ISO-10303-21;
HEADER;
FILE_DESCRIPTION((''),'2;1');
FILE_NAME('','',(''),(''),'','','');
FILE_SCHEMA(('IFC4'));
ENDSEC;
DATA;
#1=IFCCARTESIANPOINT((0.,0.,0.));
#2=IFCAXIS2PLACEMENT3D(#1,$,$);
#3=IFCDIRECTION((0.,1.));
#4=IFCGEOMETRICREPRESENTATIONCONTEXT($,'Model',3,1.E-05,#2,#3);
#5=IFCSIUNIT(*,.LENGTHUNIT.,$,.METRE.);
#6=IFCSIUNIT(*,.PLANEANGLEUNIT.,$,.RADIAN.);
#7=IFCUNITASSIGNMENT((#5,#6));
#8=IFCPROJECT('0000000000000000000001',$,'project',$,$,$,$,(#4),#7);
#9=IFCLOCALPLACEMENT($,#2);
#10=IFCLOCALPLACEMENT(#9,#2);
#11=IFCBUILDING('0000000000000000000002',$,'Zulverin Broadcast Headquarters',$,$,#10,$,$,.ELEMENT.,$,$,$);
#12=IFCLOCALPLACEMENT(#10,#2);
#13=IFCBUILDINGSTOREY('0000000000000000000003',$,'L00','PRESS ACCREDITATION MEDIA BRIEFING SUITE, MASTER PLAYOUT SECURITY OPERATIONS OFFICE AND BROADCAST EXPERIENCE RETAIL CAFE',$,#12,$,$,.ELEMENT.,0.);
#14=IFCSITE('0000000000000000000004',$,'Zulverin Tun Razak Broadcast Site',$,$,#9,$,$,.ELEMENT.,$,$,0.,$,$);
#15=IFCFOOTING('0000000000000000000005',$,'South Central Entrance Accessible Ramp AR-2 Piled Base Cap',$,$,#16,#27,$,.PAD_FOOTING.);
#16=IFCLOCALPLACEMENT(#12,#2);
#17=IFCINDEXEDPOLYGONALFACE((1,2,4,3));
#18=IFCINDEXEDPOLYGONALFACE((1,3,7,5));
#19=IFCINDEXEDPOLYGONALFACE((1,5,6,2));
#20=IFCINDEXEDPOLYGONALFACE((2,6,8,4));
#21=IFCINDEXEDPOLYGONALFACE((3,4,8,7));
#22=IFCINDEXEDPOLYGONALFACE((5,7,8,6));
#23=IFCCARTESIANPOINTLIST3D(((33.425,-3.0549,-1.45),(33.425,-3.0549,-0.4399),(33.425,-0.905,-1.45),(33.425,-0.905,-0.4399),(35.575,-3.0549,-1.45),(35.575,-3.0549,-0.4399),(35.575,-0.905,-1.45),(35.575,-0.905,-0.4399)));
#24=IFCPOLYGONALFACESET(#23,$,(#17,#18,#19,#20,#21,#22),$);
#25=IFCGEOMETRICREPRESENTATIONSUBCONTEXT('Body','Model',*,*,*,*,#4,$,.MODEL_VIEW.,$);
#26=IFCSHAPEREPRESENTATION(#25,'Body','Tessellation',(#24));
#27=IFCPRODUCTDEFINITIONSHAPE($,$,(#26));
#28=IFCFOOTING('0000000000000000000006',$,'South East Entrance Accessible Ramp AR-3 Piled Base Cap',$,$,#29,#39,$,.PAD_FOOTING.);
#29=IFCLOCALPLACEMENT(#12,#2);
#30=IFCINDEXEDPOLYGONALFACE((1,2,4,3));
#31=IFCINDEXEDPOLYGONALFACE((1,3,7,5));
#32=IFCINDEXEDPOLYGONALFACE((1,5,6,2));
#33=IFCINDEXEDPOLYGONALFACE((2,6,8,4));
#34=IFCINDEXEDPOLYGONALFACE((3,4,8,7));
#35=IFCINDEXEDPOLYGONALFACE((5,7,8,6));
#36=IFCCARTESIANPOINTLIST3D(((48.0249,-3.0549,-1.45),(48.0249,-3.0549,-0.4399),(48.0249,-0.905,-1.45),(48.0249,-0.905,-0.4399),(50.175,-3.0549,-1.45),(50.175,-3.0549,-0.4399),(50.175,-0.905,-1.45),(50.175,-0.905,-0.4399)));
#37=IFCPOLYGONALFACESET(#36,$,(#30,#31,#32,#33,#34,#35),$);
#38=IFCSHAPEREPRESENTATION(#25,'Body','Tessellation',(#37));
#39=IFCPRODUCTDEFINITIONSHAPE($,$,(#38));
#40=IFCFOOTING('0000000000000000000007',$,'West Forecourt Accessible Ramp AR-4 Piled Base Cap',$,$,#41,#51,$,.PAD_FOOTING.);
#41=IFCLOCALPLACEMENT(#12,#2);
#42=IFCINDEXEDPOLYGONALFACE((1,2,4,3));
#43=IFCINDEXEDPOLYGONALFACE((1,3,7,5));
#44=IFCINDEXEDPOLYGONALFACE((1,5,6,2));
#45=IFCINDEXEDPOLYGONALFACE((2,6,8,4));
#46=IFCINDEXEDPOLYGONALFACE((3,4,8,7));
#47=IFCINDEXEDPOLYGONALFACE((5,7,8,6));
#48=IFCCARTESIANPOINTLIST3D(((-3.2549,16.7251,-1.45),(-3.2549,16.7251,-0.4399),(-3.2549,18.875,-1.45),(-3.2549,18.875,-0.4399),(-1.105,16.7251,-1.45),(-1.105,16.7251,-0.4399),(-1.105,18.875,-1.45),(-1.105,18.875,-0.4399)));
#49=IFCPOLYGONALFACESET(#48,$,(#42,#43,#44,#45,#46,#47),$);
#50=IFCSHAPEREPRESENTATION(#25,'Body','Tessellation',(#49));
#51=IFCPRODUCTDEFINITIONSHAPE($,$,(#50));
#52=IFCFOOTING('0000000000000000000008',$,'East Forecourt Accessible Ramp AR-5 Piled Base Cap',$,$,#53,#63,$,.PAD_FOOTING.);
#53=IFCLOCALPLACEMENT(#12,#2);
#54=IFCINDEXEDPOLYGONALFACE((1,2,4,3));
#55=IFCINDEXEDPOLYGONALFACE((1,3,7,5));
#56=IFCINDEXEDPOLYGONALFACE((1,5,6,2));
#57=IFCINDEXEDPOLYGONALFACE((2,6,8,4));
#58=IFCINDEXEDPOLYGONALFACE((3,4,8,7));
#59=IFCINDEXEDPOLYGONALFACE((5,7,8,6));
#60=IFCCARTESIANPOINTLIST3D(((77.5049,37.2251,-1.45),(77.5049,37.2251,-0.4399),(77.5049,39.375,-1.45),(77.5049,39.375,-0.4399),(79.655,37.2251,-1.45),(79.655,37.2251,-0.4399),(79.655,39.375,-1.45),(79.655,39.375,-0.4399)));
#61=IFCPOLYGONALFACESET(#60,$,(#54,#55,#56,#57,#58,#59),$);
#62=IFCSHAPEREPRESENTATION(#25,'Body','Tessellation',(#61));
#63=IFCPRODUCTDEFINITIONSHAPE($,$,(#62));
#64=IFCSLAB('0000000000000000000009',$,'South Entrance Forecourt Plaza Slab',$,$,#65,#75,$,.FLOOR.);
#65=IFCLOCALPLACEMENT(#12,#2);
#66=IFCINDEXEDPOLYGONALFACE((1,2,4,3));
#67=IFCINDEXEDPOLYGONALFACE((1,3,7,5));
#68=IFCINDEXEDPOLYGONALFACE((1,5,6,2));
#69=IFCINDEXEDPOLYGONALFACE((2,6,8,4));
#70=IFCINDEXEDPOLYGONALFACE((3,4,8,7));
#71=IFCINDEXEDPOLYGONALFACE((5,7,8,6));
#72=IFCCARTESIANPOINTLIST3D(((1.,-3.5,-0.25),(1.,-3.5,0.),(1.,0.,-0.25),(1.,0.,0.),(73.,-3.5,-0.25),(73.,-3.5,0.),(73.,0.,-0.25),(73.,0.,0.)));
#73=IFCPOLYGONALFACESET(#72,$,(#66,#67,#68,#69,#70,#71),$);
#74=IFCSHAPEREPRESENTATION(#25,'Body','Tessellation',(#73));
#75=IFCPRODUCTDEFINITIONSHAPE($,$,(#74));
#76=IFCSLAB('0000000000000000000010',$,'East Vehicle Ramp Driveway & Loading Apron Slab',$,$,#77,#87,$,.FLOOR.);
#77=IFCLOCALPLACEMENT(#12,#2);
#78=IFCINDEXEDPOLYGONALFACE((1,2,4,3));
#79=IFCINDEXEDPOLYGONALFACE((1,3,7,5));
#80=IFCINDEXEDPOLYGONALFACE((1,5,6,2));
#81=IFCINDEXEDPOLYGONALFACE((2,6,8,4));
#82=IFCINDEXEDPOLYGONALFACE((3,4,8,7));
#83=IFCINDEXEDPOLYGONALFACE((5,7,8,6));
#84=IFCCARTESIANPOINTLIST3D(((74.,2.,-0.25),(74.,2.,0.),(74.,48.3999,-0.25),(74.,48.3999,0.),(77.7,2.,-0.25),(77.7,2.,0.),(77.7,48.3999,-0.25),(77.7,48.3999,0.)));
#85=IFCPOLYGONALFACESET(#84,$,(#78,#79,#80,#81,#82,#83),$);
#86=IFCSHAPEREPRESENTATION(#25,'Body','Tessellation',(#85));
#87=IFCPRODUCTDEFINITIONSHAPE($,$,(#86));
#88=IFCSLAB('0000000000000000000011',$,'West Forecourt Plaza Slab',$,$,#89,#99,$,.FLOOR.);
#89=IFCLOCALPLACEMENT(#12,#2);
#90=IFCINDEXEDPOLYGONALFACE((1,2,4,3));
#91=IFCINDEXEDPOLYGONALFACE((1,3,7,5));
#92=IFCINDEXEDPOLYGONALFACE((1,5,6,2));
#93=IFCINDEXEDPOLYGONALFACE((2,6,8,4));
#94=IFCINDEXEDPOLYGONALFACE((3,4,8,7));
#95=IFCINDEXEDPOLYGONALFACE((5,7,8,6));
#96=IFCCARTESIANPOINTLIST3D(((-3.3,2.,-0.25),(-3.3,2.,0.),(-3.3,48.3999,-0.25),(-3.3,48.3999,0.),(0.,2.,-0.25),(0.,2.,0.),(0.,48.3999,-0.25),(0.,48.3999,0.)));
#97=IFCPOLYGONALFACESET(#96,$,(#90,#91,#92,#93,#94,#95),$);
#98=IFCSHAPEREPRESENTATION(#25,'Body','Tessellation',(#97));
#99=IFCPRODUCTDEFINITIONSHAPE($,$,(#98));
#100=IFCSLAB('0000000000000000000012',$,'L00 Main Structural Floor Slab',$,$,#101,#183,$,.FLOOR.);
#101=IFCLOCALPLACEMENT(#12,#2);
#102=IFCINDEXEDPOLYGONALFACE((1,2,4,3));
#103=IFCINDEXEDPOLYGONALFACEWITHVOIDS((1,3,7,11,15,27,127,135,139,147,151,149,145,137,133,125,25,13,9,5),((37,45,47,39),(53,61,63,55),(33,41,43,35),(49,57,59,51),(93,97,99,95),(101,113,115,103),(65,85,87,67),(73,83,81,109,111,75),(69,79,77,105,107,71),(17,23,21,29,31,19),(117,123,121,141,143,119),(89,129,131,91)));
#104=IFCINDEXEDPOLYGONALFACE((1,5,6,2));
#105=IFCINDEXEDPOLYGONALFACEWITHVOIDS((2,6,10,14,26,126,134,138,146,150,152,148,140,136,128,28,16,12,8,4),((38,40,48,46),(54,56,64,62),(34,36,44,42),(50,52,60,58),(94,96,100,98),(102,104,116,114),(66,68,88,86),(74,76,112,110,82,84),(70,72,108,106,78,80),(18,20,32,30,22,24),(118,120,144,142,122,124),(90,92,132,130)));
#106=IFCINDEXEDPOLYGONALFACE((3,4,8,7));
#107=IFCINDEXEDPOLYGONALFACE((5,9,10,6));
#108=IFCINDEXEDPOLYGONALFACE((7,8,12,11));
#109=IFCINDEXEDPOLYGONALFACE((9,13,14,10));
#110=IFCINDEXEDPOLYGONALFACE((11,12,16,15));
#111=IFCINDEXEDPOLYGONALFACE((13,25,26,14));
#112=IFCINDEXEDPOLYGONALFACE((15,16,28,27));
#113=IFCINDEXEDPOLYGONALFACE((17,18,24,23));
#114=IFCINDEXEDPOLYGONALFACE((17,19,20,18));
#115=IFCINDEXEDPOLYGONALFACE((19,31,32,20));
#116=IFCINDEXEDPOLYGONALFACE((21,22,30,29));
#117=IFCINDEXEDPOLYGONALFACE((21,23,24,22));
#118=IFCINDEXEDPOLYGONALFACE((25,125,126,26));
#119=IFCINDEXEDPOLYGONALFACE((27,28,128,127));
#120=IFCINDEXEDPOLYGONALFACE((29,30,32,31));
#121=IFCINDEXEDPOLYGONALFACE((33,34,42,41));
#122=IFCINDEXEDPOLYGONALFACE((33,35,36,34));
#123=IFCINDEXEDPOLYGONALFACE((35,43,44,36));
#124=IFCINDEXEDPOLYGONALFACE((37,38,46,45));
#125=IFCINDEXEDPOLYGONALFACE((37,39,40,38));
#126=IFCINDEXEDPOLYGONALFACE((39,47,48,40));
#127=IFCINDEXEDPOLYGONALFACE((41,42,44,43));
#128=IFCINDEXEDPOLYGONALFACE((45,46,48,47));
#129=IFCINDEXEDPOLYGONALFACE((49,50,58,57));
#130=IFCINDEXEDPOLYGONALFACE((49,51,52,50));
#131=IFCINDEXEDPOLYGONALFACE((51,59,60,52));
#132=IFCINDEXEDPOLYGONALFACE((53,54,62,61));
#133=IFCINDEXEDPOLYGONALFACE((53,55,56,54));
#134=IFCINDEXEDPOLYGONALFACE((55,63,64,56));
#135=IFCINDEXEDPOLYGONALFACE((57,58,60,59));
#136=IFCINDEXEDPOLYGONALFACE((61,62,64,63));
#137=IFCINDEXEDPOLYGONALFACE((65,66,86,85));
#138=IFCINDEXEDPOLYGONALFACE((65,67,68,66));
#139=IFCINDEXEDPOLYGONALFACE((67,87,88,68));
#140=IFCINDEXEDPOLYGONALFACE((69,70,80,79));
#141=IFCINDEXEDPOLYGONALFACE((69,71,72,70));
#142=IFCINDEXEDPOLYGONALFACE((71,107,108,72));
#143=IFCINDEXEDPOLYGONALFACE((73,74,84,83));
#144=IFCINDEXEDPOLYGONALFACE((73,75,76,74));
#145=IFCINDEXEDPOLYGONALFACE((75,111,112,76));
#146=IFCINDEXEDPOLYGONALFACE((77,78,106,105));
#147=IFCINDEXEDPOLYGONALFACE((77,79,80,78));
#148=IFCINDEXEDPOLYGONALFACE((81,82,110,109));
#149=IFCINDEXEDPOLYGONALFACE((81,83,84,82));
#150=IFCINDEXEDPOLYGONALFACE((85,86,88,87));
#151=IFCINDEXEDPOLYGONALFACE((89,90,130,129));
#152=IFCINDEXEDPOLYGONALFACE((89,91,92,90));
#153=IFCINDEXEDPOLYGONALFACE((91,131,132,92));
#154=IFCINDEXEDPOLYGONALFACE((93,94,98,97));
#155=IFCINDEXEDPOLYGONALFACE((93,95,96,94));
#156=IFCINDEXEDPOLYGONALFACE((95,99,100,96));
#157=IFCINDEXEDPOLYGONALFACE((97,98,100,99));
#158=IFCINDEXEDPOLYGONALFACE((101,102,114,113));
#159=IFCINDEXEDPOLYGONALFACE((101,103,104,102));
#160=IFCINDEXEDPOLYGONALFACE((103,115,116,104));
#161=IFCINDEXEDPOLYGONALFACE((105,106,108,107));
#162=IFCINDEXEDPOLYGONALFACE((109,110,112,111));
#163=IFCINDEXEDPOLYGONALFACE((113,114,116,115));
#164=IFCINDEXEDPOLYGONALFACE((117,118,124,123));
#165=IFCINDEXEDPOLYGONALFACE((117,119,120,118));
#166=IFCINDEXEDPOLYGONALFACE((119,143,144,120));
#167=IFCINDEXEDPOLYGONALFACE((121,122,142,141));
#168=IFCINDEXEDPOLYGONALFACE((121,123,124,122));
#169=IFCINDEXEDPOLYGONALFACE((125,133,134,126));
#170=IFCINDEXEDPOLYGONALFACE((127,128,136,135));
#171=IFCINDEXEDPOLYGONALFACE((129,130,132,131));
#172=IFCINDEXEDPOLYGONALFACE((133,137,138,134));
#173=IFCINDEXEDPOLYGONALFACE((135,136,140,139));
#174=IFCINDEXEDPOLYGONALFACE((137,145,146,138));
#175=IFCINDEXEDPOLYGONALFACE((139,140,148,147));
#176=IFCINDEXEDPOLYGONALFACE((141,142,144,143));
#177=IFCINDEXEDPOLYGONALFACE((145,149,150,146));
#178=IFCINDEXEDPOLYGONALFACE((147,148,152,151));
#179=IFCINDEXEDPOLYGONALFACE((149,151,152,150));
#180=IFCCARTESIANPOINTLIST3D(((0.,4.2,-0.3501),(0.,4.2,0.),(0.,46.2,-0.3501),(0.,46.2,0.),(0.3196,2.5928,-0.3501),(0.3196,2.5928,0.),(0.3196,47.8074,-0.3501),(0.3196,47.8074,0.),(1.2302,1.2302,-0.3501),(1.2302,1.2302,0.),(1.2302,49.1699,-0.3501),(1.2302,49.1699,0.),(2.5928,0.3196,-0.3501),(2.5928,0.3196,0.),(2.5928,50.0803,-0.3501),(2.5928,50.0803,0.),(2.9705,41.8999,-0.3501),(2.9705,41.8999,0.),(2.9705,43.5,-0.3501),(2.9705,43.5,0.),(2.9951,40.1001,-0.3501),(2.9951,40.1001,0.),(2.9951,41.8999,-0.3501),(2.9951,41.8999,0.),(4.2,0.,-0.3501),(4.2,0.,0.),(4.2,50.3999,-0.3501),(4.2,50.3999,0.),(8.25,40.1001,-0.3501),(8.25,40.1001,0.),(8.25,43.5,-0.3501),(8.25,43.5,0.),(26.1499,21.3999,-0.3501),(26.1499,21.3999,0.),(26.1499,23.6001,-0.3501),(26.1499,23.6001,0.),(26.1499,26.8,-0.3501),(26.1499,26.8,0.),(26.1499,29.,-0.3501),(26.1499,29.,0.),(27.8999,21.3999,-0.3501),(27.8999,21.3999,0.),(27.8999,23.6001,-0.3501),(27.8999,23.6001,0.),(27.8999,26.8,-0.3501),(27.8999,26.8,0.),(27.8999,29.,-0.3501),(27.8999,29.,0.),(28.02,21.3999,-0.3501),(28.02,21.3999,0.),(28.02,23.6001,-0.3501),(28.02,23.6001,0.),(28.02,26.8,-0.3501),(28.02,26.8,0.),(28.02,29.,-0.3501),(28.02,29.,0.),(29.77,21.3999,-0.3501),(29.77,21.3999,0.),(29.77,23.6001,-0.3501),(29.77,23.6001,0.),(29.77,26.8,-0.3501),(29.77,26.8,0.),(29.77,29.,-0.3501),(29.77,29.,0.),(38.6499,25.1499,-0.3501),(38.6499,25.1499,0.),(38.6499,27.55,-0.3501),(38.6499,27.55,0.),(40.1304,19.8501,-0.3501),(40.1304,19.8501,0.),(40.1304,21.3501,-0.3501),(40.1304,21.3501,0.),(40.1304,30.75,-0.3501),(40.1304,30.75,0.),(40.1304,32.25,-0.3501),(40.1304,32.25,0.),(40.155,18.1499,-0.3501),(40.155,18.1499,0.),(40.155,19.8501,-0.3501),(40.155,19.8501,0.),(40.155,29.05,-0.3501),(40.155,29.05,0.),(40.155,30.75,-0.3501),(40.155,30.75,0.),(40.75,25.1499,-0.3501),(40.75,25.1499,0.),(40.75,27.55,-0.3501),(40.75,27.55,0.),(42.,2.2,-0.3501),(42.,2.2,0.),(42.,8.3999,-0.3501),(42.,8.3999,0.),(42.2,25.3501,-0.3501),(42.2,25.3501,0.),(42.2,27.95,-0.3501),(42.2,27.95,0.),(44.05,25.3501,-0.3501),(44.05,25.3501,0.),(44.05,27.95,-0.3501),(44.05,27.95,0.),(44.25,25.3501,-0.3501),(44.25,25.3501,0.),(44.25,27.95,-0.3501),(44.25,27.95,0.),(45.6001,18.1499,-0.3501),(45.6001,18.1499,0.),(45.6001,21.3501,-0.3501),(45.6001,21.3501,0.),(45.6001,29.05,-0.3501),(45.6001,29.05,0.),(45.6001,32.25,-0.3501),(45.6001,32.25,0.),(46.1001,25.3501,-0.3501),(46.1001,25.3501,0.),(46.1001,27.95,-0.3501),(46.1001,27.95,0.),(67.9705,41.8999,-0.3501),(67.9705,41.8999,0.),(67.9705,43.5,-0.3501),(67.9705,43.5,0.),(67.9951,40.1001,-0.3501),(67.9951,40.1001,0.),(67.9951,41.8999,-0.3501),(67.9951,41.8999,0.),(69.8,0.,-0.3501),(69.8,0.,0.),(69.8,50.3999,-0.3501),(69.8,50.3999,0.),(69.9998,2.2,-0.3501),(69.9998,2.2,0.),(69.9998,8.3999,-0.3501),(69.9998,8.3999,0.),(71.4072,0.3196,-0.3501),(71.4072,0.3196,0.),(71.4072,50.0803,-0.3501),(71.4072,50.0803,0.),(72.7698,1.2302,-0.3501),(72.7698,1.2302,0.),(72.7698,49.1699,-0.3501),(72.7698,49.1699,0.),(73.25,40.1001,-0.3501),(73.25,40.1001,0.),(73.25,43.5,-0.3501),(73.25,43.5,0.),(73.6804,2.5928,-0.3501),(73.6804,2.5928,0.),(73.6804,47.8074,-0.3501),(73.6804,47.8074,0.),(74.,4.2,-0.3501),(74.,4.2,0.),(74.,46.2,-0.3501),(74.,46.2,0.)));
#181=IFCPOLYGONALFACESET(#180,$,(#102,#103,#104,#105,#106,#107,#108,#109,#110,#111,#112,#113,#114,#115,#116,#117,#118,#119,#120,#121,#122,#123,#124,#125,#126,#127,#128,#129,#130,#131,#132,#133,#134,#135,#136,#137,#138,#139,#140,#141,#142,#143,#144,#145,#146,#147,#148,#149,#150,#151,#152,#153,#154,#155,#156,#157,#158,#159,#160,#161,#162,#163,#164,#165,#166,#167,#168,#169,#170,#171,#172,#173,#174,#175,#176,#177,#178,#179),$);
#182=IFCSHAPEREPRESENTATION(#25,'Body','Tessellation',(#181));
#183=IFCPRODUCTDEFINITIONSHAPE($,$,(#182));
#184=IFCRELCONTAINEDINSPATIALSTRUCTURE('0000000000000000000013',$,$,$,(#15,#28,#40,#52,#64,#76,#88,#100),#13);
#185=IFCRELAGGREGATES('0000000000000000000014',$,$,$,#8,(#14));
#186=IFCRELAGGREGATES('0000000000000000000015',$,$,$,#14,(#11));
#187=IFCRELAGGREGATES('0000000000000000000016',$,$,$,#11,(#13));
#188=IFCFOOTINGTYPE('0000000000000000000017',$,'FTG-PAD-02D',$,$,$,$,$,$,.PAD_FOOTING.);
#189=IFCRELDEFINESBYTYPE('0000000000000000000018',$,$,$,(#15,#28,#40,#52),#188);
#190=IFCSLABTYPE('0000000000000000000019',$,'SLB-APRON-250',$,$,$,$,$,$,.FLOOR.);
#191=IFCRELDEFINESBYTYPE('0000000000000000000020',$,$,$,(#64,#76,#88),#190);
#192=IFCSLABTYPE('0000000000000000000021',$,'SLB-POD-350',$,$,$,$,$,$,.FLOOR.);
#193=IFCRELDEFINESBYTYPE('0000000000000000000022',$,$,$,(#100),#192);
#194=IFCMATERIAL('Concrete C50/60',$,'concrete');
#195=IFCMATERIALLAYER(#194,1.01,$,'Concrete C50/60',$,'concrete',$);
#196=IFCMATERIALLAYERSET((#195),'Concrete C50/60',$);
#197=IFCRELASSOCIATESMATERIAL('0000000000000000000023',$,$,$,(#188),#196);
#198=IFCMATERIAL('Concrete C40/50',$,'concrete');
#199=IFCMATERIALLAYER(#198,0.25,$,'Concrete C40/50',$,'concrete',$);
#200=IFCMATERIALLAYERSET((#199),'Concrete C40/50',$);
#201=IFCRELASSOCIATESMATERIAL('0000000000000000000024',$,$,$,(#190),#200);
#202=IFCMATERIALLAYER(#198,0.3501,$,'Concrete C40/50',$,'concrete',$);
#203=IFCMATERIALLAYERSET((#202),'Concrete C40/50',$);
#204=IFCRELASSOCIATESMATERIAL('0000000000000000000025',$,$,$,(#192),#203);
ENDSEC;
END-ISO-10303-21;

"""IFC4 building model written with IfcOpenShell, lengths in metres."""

from ifc_helpers import new_model, si_unit, direction, frame, origin, place, context, subcontext, project, spatial, polyline, outline, extrude, material, layer, layer_set, type_object, element, save


model = new_model("IFC4")

# Units and contexts
model_context = context("Model", 3, precision=1e-05, world=origin(), true_north=direction((0.0, 1.0)))
body_context = subcontext(model_context, "Body", "Model", "MODEL_VIEW")
ifc_project = project(units=[si_unit("LENGTHUNIT", "METRE"), si_unit("PLANEANGLEUNIT", "RADIAN")], contexts=[model_context])

# Site, building, storey
site_placement = place(None, origin())
site = spatial("IfcSite", under=ifc_project, at=site_placement, Name="Zulverin Tun Razak Broadcast Site", CompositionType="ELEMENT", RefElevation=0.0)
building_placement = place(site_placement, origin())
building = spatial("IfcBuilding", under=site, at=building_placement, Name="Zulverin Broadcast Headquarters", CompositionType="ELEMENT")
storey_placement = place(building_placement, origin())
storey = spatial("IfcBuildingStorey", under=building, at=storey_placement, Name="L00", Description="PRESS ACCREDITATION MEDIA BRIEFING SUITE, MASTER PLAYOUT SECURITY OPERATIONS OFFICE AND BROADCAST EXPERIENCE RETAIL CAFE", CompositionType="ELEMENT", Elevation=0.0)

# Footings
ifc_material_1 = material(Name="Concrete C50/60", Category="concrete")
ifc_layer_1 = layer(ifc_material_1, 1.01, Name="Concrete C50/60", Category="concrete")
ifc_layer_set_1 = layer_set([ifc_layer_1], Name="Concrete C50/60")
footing_type_1 = type_object("IfcFootingType", Name="FTG-PAD-02D", PredefinedType="PAD_FOOTING", material=ifc_layer_set_1)
footing_1_placement = place(storey_placement, frame((0.0, 0.0, -1.45)))
element("IfcFooting", 1, at=footing_1_placement, inside=storey, type_object=footing_type_1, Name="South Central Entrance Accessible Ramp AR-2 Piled Base Cap", PredefinedType="PAD_FOOTING", context=body_context, shape_type="SweptSolid", body=[
    extrude(outline(polyline([(33.425, -3.0549), (35.575, -3.0549), (35.575, -0.905), (33.425, -0.905), (33.425, -3.0549)])), origin(), (0.0, 0.0, 1.0), 1.01),
])
footing_2_placement = place(storey_placement, frame((0.0, 0.0, -1.45)))
element("IfcFooting", 2, at=footing_2_placement, inside=storey, type_object=footing_type_1, Name="South East Entrance Accessible Ramp AR-3 Piled Base Cap", PredefinedType="PAD_FOOTING", context=body_context, shape_type="SweptSolid", body=[
    extrude(outline(polyline([(48.0249, -3.0549), (50.175, -3.0549), (50.175, -0.905), (48.0249, -0.905), (48.0249, -3.0549)])), origin(), (0.0, 0.0, 1.0), 1.01),
])
footing_3_placement = place(storey_placement, frame((0.0, 0.0, -1.45)))
element("IfcFooting", 3, at=footing_3_placement, inside=storey, type_object=footing_type_1, Name="West Forecourt Accessible Ramp AR-4 Piled Base Cap", PredefinedType="PAD_FOOTING", context=body_context, shape_type="SweptSolid", body=[
    extrude(outline(polyline([(-3.2549, 16.7251), (-1.105, 16.7251), (-1.105, 18.875), (-3.2549, 18.875), (-3.2549, 16.7251)])), origin(), (0.0, 0.0, 1.0), 1.01),
])
footing_4_placement = place(storey_placement, frame((0.0, 0.0, -1.45)))
element("IfcFooting", 4, at=footing_4_placement, inside=storey, type_object=footing_type_1, Name="East Forecourt Accessible Ramp AR-5 Piled Base Cap", PredefinedType="PAD_FOOTING", context=body_context, shape_type="SweptSolid", body=[
    extrude(outline(polyline([(77.5049, 37.2251), (79.655, 37.2251), (79.655, 39.375), (77.5049, 39.375), (77.5049, 37.2251)])), origin(), (0.0, 0.0, 1.0), 1.01),
])

# Slabs
ifc_material_2 = material(Name="Concrete C40/50", Category="concrete")
ifc_layer_2 = layer(ifc_material_2, 0.25, Name="Concrete C40/50", Category="concrete")
ifc_layer_set_2 = layer_set([ifc_layer_2], Name="Concrete C40/50")
slab_type_1 = type_object("IfcSlabType", Name="SLB-APRON-250", PredefinedType="FLOOR", material=ifc_layer_set_2)
slab_1_placement = place(storey_placement, frame((0.0, 0.0, -0.25)))
element("IfcSlab", 5, at=slab_1_placement, inside=storey, type_object=slab_type_1, Name="South Entrance Forecourt Plaza Slab", PredefinedType="FLOOR", context=body_context, shape_type="SweptSolid", body=[
    extrude(outline(polyline([(1.0, -3.5), (73.0, -3.5), (73.0, 0.0), (1.0, 0.0), (1.0, -3.5)])), origin(), (0.0, 0.0, 1.0), 0.25),
])
slab_2_placement = place(storey_placement, frame((0.0, 0.0, -0.25)))
element("IfcSlab", 6, at=slab_2_placement, inside=storey, type_object=slab_type_1, Name="East Vehicle Ramp Driveway & Loading Apron Slab", PredefinedType="FLOOR", context=body_context, shape_type="SweptSolid", body=[
    extrude(outline(polyline([(74.0, 2.0), (77.7, 2.0), (77.7, 48.3999), (74.0, 48.3999), (74.0, 2.0)])), origin(), (0.0, 0.0, 1.0), 0.25),
])
slab_3_placement = place(storey_placement, frame((0.0, 0.0, -0.25)))
element("IfcSlab", 7, at=slab_3_placement, inside=storey, type_object=slab_type_1, Name="West Forecourt Plaza Slab", PredefinedType="FLOOR", context=body_context, shape_type="SweptSolid", body=[
    extrude(outline(polyline([(-3.3, 2.0), (0.0, 2.0), (0.0, 48.3999), (-3.3, 48.3999), (-3.3, 2.0)])), origin(), (0.0, 0.0, 1.0), 0.25),
])
ifc_layer_3 = layer(ifc_material_2, 0.3501, Name="Concrete C40/50", Category="concrete")
ifc_layer_set_3 = layer_set([ifc_layer_3], Name="Concrete C40/50")
slab_type_2 = type_object("IfcSlabType", Name="SLB-POD-350", PredefinedType="FLOOR", material=ifc_layer_set_3)
slab_4_placement = place(storey_placement, frame((0.0, 0.0, -0.3501)))
element("IfcSlab", 8, at=slab_4_placement, inside=storey, type_object=slab_type_2, Name="L00 Main Structural Floor Slab", PredefinedType="FLOOR", context=body_context, shape_type="SweptSolid", body=[
    extrude(outline(polyline([(69.8, 0.0), (71.4072, 0.3196), (72.7698, 1.2302), (73.6804, 2.5928), (74.0, 4.2), (74.0, 46.2), (73.6804, 47.8074), (72.7698, 49.1699), (71.4072, 50.0803), (69.8, 50.3999), (4.2, 50.3999), (2.5928, 50.0803), (1.2302, 49.1699), (0.3196, 47.8074), (0.0, 46.2), (0.0, 4.2), (0.3196, 2.5928), (1.2302, 1.2302), (2.5928, 0.3196), (4.2, 0.0), (69.8, 0.0)]), holes=[polyline([(40.155, 30.75), (40.1304, 30.75), (40.1304, 32.25), (45.6001, 32.25), (45.6001, 29.05), (40.155, 29.05), (40.155, 30.75)]), polyline([(40.155, 19.8501), (40.1304, 19.8501), (40.1304, 21.3501), (45.6001, 21.3501), (45.6001, 18.1499), (40.155, 18.1499), (40.155, 19.8501)]), polyline([(2.9951, 41.8999), (2.9705, 41.8999), (2.9705, 43.5), (8.25, 43.5), (8.25, 40.1001), (2.9951, 40.1001), (2.9951, 41.8999)]), polyline([(67.9951, 41.8999), (67.9705, 41.8999), (67.9705, 43.5), (73.25, 43.5), (73.25, 40.1001), (67.9951, 40.1001), (67.9951, 41.8999)]), polyline([(26.1499, 26.8), (27.8999, 26.8), (27.8999, 29.0), (26.1499, 29.0), (26.1499, 26.8)]), polyline([(28.02, 26.8), (29.77, 26.8), (29.77, 29.0), (28.02, 29.0), (28.02, 26.8)]), polyline([(26.1499, 21.3999), (27.8999, 21.3999), (27.8999, 23.6001), (26.1499, 23.6001), (26.1499, 21.3999)]), polyline([(28.02, 21.3999), (29.77, 21.3999), (29.77, 23.6001), (28.02, 23.6001), (28.02, 21.3999)]), polyline([(42.2, 25.3501), (44.05, 25.3501), (44.05, 27.95), (42.2, 27.95), (42.2, 25.3501)]), polyline([(44.25, 25.3501), (46.1001, 25.3501), (46.1001, 27.95), (44.25, 27.95), (44.25, 25.3501)]), polyline([(38.6499, 25.1499), (40.75, 25.1499), (40.75, 27.55), (38.6499, 27.55), (38.6499, 25.1499)]), polyline([(42.0, 2.2), (69.9998, 2.2), (69.9998, 8.3999), (42.0, 8.3999), (42.0, 2.2)])]), origin(), (0.0, 0.0, 1.0), 0.3501),
])

save(model, "model.ifc")
